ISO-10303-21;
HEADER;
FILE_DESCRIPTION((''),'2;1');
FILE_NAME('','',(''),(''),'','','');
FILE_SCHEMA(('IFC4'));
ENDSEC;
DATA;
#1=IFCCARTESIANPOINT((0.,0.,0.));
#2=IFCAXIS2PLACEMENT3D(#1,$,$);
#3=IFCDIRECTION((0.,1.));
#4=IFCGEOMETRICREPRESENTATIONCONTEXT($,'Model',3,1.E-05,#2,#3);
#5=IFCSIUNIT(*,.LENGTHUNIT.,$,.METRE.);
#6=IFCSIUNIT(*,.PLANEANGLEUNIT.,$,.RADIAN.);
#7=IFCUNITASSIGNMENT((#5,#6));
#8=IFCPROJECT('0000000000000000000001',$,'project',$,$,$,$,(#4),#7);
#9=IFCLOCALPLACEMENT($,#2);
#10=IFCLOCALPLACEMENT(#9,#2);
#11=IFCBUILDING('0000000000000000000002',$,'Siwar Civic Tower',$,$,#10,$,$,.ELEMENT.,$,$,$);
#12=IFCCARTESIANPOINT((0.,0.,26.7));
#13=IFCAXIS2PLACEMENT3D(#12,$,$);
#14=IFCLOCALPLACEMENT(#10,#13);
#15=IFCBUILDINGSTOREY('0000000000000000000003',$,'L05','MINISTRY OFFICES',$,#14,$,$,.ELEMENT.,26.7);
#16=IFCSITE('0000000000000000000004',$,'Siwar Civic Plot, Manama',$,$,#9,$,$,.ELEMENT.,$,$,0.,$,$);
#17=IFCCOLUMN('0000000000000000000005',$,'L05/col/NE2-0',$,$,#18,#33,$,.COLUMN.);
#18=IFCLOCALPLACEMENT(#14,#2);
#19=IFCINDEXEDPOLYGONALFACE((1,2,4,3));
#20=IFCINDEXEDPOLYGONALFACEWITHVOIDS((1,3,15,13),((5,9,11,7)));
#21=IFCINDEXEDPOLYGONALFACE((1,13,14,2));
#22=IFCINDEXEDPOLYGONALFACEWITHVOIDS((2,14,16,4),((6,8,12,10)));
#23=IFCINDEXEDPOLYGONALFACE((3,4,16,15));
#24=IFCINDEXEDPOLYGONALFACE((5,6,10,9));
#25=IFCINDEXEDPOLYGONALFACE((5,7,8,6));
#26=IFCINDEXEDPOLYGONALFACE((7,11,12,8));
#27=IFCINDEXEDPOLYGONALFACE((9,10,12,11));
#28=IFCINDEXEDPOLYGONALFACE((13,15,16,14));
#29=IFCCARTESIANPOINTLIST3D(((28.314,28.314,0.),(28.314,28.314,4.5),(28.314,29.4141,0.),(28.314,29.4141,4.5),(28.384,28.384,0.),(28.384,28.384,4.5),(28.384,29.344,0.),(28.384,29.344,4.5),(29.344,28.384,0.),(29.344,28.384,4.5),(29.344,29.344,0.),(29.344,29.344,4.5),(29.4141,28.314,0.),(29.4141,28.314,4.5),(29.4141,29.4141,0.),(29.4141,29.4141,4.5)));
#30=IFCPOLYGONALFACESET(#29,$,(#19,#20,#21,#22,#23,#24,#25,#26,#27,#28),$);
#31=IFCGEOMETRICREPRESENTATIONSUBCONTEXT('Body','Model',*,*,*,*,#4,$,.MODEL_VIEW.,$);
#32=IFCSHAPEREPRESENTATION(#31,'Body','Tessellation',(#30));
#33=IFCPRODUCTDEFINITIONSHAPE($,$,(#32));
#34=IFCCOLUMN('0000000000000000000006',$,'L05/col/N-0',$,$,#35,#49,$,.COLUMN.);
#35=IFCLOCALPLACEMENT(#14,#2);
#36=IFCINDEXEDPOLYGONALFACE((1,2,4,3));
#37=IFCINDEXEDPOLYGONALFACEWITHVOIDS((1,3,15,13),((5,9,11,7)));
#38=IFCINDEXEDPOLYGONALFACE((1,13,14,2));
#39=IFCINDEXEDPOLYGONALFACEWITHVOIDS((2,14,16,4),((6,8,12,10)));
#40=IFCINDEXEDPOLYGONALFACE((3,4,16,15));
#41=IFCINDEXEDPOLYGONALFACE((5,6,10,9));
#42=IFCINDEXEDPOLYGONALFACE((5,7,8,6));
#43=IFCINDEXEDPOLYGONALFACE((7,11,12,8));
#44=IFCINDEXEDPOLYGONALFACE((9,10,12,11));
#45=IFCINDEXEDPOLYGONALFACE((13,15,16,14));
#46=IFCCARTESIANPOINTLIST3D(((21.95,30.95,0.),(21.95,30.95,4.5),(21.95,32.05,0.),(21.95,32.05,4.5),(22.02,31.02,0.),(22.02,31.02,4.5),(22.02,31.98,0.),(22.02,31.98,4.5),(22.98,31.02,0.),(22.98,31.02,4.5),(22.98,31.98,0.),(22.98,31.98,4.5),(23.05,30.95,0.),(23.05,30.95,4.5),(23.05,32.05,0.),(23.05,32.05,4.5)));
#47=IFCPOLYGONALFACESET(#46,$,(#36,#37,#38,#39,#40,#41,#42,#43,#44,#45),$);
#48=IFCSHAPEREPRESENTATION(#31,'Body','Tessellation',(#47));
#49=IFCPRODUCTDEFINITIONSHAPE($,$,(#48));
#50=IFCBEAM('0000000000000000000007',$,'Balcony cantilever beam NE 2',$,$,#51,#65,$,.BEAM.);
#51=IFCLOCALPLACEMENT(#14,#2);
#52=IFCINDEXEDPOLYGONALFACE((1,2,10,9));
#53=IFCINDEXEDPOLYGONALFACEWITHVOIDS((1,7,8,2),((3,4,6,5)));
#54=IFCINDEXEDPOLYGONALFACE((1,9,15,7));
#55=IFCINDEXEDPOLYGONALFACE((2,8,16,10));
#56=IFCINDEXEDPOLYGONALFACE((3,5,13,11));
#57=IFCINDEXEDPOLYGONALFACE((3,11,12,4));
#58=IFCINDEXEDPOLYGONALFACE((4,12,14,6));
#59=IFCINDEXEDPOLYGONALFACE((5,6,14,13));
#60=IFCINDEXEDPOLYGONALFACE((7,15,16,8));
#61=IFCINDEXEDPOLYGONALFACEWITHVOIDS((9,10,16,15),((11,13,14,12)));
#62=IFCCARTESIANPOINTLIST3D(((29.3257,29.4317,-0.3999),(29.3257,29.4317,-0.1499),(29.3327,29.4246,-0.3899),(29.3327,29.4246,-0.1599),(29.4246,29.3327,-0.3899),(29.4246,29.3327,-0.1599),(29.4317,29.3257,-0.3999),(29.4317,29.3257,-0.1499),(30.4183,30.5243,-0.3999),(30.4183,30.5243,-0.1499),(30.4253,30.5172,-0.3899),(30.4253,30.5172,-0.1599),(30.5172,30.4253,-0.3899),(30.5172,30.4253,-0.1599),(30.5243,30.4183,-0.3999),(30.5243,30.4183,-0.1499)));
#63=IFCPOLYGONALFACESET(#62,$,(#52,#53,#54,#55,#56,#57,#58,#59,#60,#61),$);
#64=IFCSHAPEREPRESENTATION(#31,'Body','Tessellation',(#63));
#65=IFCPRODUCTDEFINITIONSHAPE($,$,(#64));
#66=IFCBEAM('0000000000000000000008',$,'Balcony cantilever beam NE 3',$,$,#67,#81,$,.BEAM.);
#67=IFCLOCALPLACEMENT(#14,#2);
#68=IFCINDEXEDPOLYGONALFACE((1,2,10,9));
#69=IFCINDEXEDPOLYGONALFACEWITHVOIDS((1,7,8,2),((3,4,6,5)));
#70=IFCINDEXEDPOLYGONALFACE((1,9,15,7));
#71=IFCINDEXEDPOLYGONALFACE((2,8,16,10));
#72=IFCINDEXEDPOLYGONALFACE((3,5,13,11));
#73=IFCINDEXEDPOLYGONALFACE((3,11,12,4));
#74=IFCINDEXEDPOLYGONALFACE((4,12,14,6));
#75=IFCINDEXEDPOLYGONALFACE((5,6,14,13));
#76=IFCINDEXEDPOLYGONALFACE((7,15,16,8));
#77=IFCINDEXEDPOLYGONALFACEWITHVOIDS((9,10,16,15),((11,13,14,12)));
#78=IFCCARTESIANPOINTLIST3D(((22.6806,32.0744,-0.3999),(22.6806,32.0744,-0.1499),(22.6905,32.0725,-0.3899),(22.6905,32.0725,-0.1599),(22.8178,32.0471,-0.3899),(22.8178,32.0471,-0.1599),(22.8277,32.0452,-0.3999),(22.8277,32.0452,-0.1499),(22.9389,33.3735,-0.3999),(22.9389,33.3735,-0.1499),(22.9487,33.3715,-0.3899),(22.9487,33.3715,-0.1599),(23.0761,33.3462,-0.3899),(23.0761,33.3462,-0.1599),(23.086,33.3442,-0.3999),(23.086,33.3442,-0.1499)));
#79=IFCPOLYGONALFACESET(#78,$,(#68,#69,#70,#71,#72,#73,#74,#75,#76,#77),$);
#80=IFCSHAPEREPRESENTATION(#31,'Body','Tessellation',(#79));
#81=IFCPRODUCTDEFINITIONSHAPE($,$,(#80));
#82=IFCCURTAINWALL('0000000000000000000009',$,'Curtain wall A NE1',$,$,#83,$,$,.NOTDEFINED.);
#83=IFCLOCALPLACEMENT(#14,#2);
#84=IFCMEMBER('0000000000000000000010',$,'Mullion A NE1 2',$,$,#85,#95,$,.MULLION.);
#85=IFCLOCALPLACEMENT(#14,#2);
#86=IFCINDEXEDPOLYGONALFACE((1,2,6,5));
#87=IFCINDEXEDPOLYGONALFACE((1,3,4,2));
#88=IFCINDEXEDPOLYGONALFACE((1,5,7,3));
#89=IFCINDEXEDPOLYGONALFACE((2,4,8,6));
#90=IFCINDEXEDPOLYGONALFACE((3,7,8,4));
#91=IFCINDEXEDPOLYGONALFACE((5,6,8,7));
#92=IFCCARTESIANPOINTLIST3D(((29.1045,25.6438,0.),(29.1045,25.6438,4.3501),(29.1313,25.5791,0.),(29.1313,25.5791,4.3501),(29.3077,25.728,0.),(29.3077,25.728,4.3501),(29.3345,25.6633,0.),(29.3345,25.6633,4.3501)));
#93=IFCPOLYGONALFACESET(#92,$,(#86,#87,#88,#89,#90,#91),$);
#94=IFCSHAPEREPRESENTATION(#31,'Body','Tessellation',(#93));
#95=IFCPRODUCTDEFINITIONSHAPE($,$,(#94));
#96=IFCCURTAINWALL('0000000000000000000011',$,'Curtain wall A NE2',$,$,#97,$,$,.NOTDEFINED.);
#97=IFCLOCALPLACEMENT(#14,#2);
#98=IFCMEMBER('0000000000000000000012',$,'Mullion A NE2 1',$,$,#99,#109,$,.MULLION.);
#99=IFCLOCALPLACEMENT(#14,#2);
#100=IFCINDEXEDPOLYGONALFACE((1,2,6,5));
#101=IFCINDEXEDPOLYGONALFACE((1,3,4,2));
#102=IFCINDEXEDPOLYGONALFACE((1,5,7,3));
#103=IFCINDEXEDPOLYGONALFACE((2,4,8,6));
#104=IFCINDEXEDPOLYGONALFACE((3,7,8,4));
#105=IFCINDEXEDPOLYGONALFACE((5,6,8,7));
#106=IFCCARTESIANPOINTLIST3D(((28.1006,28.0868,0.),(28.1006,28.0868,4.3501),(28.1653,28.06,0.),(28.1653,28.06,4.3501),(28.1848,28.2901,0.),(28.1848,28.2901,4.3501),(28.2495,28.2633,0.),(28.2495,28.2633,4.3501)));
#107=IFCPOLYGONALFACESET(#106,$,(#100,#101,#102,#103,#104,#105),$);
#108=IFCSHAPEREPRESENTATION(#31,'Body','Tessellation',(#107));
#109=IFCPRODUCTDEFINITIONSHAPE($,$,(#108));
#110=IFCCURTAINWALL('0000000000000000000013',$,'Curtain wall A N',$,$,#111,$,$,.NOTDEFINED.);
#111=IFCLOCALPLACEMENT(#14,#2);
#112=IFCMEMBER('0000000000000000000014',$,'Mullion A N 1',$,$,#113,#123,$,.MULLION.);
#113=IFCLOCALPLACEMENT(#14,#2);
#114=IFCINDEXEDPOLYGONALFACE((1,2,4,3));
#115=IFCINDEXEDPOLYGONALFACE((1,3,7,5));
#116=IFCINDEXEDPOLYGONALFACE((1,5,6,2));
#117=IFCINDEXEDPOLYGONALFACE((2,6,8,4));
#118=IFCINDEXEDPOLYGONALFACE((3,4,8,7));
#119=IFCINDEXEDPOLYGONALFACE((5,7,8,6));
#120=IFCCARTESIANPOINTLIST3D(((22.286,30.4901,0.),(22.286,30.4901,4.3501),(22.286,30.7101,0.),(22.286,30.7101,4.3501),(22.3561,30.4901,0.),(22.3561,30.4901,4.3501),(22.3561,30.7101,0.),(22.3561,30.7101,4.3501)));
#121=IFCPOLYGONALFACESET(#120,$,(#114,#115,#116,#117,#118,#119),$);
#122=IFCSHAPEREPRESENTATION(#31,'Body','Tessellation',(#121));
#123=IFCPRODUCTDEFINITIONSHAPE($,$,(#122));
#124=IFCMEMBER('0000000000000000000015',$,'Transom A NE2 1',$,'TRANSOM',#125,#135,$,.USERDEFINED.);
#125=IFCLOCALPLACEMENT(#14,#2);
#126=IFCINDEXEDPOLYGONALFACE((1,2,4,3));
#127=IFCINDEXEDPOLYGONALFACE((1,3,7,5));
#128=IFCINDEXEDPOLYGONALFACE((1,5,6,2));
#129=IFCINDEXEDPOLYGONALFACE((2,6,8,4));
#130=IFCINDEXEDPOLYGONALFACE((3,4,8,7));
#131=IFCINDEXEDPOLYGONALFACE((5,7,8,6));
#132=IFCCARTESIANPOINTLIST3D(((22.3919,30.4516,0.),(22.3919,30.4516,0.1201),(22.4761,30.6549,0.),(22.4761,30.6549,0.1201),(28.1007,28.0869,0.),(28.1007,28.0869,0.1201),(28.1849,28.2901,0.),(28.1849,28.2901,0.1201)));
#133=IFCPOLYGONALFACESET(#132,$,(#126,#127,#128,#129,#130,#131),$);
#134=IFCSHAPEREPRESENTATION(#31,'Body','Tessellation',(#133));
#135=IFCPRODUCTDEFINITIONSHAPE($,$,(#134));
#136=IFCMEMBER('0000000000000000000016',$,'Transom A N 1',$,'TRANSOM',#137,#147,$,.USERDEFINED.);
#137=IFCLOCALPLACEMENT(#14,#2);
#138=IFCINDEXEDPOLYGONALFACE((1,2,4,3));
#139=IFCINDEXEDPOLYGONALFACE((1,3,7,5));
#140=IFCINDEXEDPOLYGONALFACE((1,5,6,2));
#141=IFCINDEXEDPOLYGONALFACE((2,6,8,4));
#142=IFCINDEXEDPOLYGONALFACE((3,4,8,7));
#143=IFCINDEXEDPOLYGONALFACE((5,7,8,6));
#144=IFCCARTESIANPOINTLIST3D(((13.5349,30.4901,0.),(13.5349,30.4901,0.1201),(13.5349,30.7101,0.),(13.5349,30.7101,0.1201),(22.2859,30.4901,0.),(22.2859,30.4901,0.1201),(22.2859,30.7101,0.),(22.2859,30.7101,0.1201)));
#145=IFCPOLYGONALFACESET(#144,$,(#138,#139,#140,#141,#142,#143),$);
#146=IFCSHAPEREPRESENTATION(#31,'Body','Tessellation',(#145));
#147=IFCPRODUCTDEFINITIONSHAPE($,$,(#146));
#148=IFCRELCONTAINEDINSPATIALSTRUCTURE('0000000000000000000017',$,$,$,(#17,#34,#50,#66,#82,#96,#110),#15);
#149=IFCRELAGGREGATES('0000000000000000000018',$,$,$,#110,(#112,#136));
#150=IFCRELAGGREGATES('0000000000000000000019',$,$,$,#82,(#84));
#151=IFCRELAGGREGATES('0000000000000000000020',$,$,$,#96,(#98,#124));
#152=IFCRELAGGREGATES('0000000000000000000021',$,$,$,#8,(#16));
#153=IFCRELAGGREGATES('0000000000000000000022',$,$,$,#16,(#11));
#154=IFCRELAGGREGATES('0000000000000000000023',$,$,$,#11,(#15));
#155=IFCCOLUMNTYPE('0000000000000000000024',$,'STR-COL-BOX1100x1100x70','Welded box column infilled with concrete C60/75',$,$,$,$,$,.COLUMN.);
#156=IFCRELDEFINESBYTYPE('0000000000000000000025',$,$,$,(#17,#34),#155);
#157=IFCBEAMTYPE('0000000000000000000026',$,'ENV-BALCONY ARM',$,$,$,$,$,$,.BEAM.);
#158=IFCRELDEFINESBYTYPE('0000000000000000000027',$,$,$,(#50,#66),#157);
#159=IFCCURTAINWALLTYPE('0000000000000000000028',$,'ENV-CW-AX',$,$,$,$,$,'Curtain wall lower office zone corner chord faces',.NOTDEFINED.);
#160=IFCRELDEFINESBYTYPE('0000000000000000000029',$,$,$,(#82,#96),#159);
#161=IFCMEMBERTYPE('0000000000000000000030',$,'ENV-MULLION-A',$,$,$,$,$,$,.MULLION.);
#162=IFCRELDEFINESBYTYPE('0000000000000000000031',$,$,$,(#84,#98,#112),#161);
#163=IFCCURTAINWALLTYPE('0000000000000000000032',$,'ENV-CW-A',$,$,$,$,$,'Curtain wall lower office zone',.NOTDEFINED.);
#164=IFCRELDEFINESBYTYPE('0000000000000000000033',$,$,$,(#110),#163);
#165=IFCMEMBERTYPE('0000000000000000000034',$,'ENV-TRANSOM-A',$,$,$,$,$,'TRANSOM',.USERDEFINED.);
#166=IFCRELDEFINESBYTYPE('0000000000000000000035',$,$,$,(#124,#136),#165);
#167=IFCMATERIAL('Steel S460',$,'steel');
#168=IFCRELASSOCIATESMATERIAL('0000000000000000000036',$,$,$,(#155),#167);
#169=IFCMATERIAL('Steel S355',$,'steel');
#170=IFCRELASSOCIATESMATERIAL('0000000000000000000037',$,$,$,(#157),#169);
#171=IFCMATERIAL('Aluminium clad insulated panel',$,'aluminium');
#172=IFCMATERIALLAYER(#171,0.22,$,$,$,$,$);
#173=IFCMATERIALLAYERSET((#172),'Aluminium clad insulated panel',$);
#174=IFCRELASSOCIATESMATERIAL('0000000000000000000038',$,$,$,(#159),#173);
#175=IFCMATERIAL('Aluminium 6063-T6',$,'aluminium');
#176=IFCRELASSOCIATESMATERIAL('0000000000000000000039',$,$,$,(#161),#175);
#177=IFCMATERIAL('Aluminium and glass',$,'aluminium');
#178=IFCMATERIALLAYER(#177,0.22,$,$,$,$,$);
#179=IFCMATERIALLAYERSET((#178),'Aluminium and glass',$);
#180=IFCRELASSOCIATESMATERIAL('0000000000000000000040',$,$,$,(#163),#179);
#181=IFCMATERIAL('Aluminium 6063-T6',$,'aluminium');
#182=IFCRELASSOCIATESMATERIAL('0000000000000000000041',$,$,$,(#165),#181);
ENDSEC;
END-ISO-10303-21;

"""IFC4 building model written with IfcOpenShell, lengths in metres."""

from ifc_helpers import new_model, si_unit, direction, frame, origin, origin_2d, place, context, subcontext, project, spatial, rectangle, hollow_rectangle, extrude, material, layer, layer_set, material_profile, profile_set, type_object, element, aggregate, save


model = new_model("IFC4")

# Units and contexts
model_context = context("Model", 3, precision=1e-05, world=origin(), true_north=direction((0.0, 1.0)))
body_context = subcontext(model_context, "Body", "Model", "MODEL_VIEW")
ifc_project = project(units=[si_unit("LENGTHUNIT", "METRE"), si_unit("PLANEANGLEUNIT", "RADIAN")], contexts=[model_context])

# Site, building, storey
site_placement = place(None, origin())
site = spatial("IfcSite", under=ifc_project, at=site_placement, Name="Siwar Civic Plot, Manama", CompositionType="ELEMENT", RefElevation=0.0)
building_placement = place(site_placement, origin())
building = spatial("IfcBuilding", under=site, at=building_placement, Name="Siwar Civic Tower", CompositionType="ELEMENT")
storey_placement = place(building_placement, frame((0.0, 0.0, 26.7)))
storey = spatial("IfcBuildingStorey", under=building, at=storey_placement, Name="L05", Description="MINISTRY OFFICES", CompositionType="ELEMENT", Elevation=26.7)

# Columns
ifc_material_1 = material(Name="Steel S460", Category="steel")
ifc_material_profile_1 = material_profile(ifc_material_1, hollow_rectangle(XDim=1.1001, YDim=1.1001, WallThickness=0.0701, at=origin_2d()), Name="BOX1100x1100x70")
ifc_profile_set_1 = profile_set([ifc_material_profile_1], Name="Steel S460")
column_type = type_object("IfcColumnType", Name="STR-COL-BOX1100x1100x70", Description="Welded box column infilled with concrete C60/75", PredefinedType="COLUMN", material=ifc_profile_set_1)
for number, where, z_axis, x_axis, name in (
    (1, (28.864, 28.864, 0.0), (0.0, 0.0, 1.0), (1.0, 0.0, 0.0), "L05/col/NE2-0"),
    (2, (22.5, 31.5, 0.0), (0.0, 0.0, 1.0), (1.0, 0.0, 0.0), "L05/col/N-0"),
):
    element("IfcColumn", number, at=place(storey_placement, frame(where, z_axis=z_axis, x_axis=x_axis)), inside=storey, type_object=column_type, Name=name, PredefinedType="COLUMN", context=body_context, shape_type="SweptSolid", body=[
        extrude(hollow_rectangle(XDim=1.1001, YDim=1.1001, WallThickness=0.0701, at=origin_2d()), origin(), (0.0, 0.0, 1.0), 4.5),
    ])

# Beams
ifc_material_2 = material(Name="Steel S355", Category="steel")
ifc_material_profile_2 = material_profile(ifc_material_2, hollow_rectangle(XDim=0.1499, YDim=0.25, WallThickness=0.01, at=origin_2d()), Name="RHS250x150x10")
ifc_profile_set_2 = profile_set([ifc_material_profile_2], Name="Steel S355")
beam_type_1 = type_object("IfcBeamType", Name="ENV-BALCONY ARM", PredefinedType="BEAM", material=ifc_profile_set_2)
beam_1_placement = place(storey_placement, frame((29.3787, 29.3787, -0.2749), z_axis=(0.707107, 0.707107, 0.0), x_axis=(-0.707107, 0.707107, 0.0)))
element("IfcBeam", 3, at=beam_1_placement, inside=storey, type_object=beam_type_1, Name="Balcony cantilever beam NE 2", PredefinedType="BEAM", context=body_context, shape_type="SweptSolid", body=[
    extrude(hollow_rectangle(XDim=0.1499, YDim=0.25, WallThickness=0.01, at=origin_2d()), origin(), (0.0, 0.0, 1.0), 1.5452),
])
beam_2_placement = place(storey_placement, frame((22.7542, 32.0598, -0.2749), z_axis=(0.195017, 0.9808, 0.0), x_axis=(-0.9808, 0.195017, 0.0)))
element("IfcBeam", 4, at=beam_2_placement, inside=storey, type_object=beam_type_1, Name="Balcony cantilever beam NE 3", PredefinedType="BEAM", context=body_context, shape_type="SweptSolid", body=[
    extrude(hollow_rectangle(XDim=0.1499, YDim=0.25, WallThickness=0.01, at=origin_2d()), origin(), (0.0, 0.0, 1.0), 1.3245),
])

# Curtain walls, members
ifc_material_3 = material(Name="Aluminium clad insulated panel", Category="aluminium")
ifc_layer_1 = layer(ifc_material_3, 0.22)
ifc_layer_set_1 = layer_set([ifc_layer_1], Name="Aluminium clad insulated panel")
curtain_wall_type_1 = type_object("IfcCurtainWallType", Name="ENV-CW-AX", ElementType="Curtain wall lower office zone corner chord faces", PredefinedType="NOTDEFINED", material=ifc_layer_set_1)
curtain_wall_1_placement = place(storey_placement, origin())
curtain_wall_1 = element("IfcCurtainWall", 5, at=curtain_wall_1_placement, inside=storey, type_object=curtain_wall_type_1, Name="Curtain wall A NE1", PredefinedType="NOTDEFINED")
ifc_material_4 = material(Name="Aluminium 6063-T6", Category="aluminium")
ifc_material_profile_3 = material_profile(ifc_material_4, rectangle(XDim=0.22, YDim=0.0701, at=origin_2d()), Name="AL 220x70")
ifc_profile_set_3 = profile_set([ifc_material_profile_3], Name="Aluminium 6063-T6")
member_type_1 = type_object("IfcMemberType", Name="ENV-MULLION-A", PredefinedType="MULLION", material=ifc_profile_set_3)
member_1_placement = place(storey_placement, frame((29.2195, 25.6536, 0.0), z_axis=(0.0, 0.0, 1.0), x_axis=(-0.92388, -0.382683, 0.0)))
member_1 = element("IfcMember", 6, at=member_1_placement, type_object=member_type_1, Name="Mullion A NE1 2", PredefinedType="MULLION", context=body_context, shape_type="SweptSolid", body=[
    extrude(rectangle(XDim=0.22, YDim=0.0701, at=origin_2d()), origin(), (0.0, 0.0, 1.0), 4.3501),
])
curtain_wall_2_placement = place(storey_placement, origin())
curtain_wall_2 = element("IfcCurtainWall", 7, at=curtain_wall_2_placement, inside=storey, type_object=curtain_wall_type_1, Name="Curtain wall A NE2", PredefinedType="NOTDEFINED")
member_2_placement = place(storey_placement, frame((28.175, 28.175, 0.0), z_axis=(0.0, 0.0, 1.0), x_axis=(-0.382683, -0.92388, 0.0)))
member_2 = element("IfcMember", 8, at=member_2_placement, type_object=member_type_1, Name="Mullion A NE2 1", PredefinedType="MULLION", context=body_context, shape_type="SweptSolid", body=[
    extrude(rectangle(XDim=0.22, YDim=0.0701, at=origin_2d()), origin(), (0.0, 0.0, 1.0), 4.3501),
])
ifc_material_5 = material(Name="Aluminium and glass", Category="aluminium")
ifc_layer_2 = layer(ifc_material_5, 0.22)
ifc_layer_set_2 = layer_set([ifc_layer_2], Name="Aluminium and glass")
curtain_wall_type_2 = type_object("IfcCurtainWallType", Name="ENV-CW-A", ElementType="Curtain wall lower office zone", PredefinedType="NOTDEFINED", material=ifc_layer_set_2)
curtain_wall_3_placement = place(storey_placement, origin())
curtain_wall_3 = element("IfcCurtainWall", 9, at=curtain_wall_3_placement, inside=storey, type_object=curtain_wall_type_2, Name="Curtain wall A N", PredefinedType="NOTDEFINED")
member_3_placement = place(storey_placement, frame((22.321, 30.6001, 0.0), z_axis=(0.0, 0.0, 1.0), x_axis=(0.0, -1.0, 0.0)))
member_3 = element("IfcMember", 10, at=member_3_placement, type_object=member_type_1, Name="Mullion A N 1", PredefinedType="MULLION", context=body_context, shape_type="SweptSolid", body=[
    extrude(rectangle(XDim=0.22, YDim=0.0701, at=origin_2d()), origin(), (0.0, 0.0, 1.0), 4.3501),
])

# Members
ifc_material_6 = material(Name="Aluminium 6063-T6", Category="aluminium")
ifc_material_profile_4 = material_profile(ifc_material_6, rectangle(XDim=0.22, YDim=0.1201, at=origin_2d()), Name="AL 220x120")
ifc_profile_set_4 = profile_set([ifc_material_profile_4], Name="Aluminium 6063-T6")
member_type_2 = type_object("IfcMemberType", Name="ENV-TRANSOM-A", ElementType="TRANSOM", PredefinedType="USERDEFINED", material=ifc_profile_set_4)
member_4_placement = place(storey_placement, frame((28.1428, 28.1885, 0.0601), z_axis=(-0.923873, 0.382698, 0.0), x_axis=(-0.382698, -0.923873, 0.0)))
member_4 = element("IfcMember", 11, at=member_4_placement, type_object=member_type_2, Name="Transom A NE2 1", ObjectType="TRANSOM", PredefinedType="USERDEFINED", context=body_context, shape_type="SweptSolid", body=[
    extrude(rectangle(XDim=0.22, YDim=0.1201, at=origin_2d()), origin(), (0.0, 0.0, 1.0), 6.1792),
])
member_5_placement = place(storey_placement, frame((22.2859, 30.6001, 0.0601), z_axis=(-1.0, 0.0, 0.0), x_axis=(0.0, -1.0, 0.0)))
member_5 = element("IfcMember", 12, at=member_5_placement, type_object=member_type_2, Name="Transom A N 1", ObjectType="TRANSOM", PredefinedType="USERDEFINED", context=body_context, shape_type="SweptSolid", body=[
    extrude(rectangle(XDim=0.22, YDim=0.1201, at=origin_2d()), origin(), (0.0, 0.0, 1.0), 8.751),
])
aggregate(curtain_wall_3, [member_3, member_5])

aggregate(curtain_wall_1, [member_1])
aggregate(curtain_wall_2, [member_2, member_4])

save(model, "model.ifc")
